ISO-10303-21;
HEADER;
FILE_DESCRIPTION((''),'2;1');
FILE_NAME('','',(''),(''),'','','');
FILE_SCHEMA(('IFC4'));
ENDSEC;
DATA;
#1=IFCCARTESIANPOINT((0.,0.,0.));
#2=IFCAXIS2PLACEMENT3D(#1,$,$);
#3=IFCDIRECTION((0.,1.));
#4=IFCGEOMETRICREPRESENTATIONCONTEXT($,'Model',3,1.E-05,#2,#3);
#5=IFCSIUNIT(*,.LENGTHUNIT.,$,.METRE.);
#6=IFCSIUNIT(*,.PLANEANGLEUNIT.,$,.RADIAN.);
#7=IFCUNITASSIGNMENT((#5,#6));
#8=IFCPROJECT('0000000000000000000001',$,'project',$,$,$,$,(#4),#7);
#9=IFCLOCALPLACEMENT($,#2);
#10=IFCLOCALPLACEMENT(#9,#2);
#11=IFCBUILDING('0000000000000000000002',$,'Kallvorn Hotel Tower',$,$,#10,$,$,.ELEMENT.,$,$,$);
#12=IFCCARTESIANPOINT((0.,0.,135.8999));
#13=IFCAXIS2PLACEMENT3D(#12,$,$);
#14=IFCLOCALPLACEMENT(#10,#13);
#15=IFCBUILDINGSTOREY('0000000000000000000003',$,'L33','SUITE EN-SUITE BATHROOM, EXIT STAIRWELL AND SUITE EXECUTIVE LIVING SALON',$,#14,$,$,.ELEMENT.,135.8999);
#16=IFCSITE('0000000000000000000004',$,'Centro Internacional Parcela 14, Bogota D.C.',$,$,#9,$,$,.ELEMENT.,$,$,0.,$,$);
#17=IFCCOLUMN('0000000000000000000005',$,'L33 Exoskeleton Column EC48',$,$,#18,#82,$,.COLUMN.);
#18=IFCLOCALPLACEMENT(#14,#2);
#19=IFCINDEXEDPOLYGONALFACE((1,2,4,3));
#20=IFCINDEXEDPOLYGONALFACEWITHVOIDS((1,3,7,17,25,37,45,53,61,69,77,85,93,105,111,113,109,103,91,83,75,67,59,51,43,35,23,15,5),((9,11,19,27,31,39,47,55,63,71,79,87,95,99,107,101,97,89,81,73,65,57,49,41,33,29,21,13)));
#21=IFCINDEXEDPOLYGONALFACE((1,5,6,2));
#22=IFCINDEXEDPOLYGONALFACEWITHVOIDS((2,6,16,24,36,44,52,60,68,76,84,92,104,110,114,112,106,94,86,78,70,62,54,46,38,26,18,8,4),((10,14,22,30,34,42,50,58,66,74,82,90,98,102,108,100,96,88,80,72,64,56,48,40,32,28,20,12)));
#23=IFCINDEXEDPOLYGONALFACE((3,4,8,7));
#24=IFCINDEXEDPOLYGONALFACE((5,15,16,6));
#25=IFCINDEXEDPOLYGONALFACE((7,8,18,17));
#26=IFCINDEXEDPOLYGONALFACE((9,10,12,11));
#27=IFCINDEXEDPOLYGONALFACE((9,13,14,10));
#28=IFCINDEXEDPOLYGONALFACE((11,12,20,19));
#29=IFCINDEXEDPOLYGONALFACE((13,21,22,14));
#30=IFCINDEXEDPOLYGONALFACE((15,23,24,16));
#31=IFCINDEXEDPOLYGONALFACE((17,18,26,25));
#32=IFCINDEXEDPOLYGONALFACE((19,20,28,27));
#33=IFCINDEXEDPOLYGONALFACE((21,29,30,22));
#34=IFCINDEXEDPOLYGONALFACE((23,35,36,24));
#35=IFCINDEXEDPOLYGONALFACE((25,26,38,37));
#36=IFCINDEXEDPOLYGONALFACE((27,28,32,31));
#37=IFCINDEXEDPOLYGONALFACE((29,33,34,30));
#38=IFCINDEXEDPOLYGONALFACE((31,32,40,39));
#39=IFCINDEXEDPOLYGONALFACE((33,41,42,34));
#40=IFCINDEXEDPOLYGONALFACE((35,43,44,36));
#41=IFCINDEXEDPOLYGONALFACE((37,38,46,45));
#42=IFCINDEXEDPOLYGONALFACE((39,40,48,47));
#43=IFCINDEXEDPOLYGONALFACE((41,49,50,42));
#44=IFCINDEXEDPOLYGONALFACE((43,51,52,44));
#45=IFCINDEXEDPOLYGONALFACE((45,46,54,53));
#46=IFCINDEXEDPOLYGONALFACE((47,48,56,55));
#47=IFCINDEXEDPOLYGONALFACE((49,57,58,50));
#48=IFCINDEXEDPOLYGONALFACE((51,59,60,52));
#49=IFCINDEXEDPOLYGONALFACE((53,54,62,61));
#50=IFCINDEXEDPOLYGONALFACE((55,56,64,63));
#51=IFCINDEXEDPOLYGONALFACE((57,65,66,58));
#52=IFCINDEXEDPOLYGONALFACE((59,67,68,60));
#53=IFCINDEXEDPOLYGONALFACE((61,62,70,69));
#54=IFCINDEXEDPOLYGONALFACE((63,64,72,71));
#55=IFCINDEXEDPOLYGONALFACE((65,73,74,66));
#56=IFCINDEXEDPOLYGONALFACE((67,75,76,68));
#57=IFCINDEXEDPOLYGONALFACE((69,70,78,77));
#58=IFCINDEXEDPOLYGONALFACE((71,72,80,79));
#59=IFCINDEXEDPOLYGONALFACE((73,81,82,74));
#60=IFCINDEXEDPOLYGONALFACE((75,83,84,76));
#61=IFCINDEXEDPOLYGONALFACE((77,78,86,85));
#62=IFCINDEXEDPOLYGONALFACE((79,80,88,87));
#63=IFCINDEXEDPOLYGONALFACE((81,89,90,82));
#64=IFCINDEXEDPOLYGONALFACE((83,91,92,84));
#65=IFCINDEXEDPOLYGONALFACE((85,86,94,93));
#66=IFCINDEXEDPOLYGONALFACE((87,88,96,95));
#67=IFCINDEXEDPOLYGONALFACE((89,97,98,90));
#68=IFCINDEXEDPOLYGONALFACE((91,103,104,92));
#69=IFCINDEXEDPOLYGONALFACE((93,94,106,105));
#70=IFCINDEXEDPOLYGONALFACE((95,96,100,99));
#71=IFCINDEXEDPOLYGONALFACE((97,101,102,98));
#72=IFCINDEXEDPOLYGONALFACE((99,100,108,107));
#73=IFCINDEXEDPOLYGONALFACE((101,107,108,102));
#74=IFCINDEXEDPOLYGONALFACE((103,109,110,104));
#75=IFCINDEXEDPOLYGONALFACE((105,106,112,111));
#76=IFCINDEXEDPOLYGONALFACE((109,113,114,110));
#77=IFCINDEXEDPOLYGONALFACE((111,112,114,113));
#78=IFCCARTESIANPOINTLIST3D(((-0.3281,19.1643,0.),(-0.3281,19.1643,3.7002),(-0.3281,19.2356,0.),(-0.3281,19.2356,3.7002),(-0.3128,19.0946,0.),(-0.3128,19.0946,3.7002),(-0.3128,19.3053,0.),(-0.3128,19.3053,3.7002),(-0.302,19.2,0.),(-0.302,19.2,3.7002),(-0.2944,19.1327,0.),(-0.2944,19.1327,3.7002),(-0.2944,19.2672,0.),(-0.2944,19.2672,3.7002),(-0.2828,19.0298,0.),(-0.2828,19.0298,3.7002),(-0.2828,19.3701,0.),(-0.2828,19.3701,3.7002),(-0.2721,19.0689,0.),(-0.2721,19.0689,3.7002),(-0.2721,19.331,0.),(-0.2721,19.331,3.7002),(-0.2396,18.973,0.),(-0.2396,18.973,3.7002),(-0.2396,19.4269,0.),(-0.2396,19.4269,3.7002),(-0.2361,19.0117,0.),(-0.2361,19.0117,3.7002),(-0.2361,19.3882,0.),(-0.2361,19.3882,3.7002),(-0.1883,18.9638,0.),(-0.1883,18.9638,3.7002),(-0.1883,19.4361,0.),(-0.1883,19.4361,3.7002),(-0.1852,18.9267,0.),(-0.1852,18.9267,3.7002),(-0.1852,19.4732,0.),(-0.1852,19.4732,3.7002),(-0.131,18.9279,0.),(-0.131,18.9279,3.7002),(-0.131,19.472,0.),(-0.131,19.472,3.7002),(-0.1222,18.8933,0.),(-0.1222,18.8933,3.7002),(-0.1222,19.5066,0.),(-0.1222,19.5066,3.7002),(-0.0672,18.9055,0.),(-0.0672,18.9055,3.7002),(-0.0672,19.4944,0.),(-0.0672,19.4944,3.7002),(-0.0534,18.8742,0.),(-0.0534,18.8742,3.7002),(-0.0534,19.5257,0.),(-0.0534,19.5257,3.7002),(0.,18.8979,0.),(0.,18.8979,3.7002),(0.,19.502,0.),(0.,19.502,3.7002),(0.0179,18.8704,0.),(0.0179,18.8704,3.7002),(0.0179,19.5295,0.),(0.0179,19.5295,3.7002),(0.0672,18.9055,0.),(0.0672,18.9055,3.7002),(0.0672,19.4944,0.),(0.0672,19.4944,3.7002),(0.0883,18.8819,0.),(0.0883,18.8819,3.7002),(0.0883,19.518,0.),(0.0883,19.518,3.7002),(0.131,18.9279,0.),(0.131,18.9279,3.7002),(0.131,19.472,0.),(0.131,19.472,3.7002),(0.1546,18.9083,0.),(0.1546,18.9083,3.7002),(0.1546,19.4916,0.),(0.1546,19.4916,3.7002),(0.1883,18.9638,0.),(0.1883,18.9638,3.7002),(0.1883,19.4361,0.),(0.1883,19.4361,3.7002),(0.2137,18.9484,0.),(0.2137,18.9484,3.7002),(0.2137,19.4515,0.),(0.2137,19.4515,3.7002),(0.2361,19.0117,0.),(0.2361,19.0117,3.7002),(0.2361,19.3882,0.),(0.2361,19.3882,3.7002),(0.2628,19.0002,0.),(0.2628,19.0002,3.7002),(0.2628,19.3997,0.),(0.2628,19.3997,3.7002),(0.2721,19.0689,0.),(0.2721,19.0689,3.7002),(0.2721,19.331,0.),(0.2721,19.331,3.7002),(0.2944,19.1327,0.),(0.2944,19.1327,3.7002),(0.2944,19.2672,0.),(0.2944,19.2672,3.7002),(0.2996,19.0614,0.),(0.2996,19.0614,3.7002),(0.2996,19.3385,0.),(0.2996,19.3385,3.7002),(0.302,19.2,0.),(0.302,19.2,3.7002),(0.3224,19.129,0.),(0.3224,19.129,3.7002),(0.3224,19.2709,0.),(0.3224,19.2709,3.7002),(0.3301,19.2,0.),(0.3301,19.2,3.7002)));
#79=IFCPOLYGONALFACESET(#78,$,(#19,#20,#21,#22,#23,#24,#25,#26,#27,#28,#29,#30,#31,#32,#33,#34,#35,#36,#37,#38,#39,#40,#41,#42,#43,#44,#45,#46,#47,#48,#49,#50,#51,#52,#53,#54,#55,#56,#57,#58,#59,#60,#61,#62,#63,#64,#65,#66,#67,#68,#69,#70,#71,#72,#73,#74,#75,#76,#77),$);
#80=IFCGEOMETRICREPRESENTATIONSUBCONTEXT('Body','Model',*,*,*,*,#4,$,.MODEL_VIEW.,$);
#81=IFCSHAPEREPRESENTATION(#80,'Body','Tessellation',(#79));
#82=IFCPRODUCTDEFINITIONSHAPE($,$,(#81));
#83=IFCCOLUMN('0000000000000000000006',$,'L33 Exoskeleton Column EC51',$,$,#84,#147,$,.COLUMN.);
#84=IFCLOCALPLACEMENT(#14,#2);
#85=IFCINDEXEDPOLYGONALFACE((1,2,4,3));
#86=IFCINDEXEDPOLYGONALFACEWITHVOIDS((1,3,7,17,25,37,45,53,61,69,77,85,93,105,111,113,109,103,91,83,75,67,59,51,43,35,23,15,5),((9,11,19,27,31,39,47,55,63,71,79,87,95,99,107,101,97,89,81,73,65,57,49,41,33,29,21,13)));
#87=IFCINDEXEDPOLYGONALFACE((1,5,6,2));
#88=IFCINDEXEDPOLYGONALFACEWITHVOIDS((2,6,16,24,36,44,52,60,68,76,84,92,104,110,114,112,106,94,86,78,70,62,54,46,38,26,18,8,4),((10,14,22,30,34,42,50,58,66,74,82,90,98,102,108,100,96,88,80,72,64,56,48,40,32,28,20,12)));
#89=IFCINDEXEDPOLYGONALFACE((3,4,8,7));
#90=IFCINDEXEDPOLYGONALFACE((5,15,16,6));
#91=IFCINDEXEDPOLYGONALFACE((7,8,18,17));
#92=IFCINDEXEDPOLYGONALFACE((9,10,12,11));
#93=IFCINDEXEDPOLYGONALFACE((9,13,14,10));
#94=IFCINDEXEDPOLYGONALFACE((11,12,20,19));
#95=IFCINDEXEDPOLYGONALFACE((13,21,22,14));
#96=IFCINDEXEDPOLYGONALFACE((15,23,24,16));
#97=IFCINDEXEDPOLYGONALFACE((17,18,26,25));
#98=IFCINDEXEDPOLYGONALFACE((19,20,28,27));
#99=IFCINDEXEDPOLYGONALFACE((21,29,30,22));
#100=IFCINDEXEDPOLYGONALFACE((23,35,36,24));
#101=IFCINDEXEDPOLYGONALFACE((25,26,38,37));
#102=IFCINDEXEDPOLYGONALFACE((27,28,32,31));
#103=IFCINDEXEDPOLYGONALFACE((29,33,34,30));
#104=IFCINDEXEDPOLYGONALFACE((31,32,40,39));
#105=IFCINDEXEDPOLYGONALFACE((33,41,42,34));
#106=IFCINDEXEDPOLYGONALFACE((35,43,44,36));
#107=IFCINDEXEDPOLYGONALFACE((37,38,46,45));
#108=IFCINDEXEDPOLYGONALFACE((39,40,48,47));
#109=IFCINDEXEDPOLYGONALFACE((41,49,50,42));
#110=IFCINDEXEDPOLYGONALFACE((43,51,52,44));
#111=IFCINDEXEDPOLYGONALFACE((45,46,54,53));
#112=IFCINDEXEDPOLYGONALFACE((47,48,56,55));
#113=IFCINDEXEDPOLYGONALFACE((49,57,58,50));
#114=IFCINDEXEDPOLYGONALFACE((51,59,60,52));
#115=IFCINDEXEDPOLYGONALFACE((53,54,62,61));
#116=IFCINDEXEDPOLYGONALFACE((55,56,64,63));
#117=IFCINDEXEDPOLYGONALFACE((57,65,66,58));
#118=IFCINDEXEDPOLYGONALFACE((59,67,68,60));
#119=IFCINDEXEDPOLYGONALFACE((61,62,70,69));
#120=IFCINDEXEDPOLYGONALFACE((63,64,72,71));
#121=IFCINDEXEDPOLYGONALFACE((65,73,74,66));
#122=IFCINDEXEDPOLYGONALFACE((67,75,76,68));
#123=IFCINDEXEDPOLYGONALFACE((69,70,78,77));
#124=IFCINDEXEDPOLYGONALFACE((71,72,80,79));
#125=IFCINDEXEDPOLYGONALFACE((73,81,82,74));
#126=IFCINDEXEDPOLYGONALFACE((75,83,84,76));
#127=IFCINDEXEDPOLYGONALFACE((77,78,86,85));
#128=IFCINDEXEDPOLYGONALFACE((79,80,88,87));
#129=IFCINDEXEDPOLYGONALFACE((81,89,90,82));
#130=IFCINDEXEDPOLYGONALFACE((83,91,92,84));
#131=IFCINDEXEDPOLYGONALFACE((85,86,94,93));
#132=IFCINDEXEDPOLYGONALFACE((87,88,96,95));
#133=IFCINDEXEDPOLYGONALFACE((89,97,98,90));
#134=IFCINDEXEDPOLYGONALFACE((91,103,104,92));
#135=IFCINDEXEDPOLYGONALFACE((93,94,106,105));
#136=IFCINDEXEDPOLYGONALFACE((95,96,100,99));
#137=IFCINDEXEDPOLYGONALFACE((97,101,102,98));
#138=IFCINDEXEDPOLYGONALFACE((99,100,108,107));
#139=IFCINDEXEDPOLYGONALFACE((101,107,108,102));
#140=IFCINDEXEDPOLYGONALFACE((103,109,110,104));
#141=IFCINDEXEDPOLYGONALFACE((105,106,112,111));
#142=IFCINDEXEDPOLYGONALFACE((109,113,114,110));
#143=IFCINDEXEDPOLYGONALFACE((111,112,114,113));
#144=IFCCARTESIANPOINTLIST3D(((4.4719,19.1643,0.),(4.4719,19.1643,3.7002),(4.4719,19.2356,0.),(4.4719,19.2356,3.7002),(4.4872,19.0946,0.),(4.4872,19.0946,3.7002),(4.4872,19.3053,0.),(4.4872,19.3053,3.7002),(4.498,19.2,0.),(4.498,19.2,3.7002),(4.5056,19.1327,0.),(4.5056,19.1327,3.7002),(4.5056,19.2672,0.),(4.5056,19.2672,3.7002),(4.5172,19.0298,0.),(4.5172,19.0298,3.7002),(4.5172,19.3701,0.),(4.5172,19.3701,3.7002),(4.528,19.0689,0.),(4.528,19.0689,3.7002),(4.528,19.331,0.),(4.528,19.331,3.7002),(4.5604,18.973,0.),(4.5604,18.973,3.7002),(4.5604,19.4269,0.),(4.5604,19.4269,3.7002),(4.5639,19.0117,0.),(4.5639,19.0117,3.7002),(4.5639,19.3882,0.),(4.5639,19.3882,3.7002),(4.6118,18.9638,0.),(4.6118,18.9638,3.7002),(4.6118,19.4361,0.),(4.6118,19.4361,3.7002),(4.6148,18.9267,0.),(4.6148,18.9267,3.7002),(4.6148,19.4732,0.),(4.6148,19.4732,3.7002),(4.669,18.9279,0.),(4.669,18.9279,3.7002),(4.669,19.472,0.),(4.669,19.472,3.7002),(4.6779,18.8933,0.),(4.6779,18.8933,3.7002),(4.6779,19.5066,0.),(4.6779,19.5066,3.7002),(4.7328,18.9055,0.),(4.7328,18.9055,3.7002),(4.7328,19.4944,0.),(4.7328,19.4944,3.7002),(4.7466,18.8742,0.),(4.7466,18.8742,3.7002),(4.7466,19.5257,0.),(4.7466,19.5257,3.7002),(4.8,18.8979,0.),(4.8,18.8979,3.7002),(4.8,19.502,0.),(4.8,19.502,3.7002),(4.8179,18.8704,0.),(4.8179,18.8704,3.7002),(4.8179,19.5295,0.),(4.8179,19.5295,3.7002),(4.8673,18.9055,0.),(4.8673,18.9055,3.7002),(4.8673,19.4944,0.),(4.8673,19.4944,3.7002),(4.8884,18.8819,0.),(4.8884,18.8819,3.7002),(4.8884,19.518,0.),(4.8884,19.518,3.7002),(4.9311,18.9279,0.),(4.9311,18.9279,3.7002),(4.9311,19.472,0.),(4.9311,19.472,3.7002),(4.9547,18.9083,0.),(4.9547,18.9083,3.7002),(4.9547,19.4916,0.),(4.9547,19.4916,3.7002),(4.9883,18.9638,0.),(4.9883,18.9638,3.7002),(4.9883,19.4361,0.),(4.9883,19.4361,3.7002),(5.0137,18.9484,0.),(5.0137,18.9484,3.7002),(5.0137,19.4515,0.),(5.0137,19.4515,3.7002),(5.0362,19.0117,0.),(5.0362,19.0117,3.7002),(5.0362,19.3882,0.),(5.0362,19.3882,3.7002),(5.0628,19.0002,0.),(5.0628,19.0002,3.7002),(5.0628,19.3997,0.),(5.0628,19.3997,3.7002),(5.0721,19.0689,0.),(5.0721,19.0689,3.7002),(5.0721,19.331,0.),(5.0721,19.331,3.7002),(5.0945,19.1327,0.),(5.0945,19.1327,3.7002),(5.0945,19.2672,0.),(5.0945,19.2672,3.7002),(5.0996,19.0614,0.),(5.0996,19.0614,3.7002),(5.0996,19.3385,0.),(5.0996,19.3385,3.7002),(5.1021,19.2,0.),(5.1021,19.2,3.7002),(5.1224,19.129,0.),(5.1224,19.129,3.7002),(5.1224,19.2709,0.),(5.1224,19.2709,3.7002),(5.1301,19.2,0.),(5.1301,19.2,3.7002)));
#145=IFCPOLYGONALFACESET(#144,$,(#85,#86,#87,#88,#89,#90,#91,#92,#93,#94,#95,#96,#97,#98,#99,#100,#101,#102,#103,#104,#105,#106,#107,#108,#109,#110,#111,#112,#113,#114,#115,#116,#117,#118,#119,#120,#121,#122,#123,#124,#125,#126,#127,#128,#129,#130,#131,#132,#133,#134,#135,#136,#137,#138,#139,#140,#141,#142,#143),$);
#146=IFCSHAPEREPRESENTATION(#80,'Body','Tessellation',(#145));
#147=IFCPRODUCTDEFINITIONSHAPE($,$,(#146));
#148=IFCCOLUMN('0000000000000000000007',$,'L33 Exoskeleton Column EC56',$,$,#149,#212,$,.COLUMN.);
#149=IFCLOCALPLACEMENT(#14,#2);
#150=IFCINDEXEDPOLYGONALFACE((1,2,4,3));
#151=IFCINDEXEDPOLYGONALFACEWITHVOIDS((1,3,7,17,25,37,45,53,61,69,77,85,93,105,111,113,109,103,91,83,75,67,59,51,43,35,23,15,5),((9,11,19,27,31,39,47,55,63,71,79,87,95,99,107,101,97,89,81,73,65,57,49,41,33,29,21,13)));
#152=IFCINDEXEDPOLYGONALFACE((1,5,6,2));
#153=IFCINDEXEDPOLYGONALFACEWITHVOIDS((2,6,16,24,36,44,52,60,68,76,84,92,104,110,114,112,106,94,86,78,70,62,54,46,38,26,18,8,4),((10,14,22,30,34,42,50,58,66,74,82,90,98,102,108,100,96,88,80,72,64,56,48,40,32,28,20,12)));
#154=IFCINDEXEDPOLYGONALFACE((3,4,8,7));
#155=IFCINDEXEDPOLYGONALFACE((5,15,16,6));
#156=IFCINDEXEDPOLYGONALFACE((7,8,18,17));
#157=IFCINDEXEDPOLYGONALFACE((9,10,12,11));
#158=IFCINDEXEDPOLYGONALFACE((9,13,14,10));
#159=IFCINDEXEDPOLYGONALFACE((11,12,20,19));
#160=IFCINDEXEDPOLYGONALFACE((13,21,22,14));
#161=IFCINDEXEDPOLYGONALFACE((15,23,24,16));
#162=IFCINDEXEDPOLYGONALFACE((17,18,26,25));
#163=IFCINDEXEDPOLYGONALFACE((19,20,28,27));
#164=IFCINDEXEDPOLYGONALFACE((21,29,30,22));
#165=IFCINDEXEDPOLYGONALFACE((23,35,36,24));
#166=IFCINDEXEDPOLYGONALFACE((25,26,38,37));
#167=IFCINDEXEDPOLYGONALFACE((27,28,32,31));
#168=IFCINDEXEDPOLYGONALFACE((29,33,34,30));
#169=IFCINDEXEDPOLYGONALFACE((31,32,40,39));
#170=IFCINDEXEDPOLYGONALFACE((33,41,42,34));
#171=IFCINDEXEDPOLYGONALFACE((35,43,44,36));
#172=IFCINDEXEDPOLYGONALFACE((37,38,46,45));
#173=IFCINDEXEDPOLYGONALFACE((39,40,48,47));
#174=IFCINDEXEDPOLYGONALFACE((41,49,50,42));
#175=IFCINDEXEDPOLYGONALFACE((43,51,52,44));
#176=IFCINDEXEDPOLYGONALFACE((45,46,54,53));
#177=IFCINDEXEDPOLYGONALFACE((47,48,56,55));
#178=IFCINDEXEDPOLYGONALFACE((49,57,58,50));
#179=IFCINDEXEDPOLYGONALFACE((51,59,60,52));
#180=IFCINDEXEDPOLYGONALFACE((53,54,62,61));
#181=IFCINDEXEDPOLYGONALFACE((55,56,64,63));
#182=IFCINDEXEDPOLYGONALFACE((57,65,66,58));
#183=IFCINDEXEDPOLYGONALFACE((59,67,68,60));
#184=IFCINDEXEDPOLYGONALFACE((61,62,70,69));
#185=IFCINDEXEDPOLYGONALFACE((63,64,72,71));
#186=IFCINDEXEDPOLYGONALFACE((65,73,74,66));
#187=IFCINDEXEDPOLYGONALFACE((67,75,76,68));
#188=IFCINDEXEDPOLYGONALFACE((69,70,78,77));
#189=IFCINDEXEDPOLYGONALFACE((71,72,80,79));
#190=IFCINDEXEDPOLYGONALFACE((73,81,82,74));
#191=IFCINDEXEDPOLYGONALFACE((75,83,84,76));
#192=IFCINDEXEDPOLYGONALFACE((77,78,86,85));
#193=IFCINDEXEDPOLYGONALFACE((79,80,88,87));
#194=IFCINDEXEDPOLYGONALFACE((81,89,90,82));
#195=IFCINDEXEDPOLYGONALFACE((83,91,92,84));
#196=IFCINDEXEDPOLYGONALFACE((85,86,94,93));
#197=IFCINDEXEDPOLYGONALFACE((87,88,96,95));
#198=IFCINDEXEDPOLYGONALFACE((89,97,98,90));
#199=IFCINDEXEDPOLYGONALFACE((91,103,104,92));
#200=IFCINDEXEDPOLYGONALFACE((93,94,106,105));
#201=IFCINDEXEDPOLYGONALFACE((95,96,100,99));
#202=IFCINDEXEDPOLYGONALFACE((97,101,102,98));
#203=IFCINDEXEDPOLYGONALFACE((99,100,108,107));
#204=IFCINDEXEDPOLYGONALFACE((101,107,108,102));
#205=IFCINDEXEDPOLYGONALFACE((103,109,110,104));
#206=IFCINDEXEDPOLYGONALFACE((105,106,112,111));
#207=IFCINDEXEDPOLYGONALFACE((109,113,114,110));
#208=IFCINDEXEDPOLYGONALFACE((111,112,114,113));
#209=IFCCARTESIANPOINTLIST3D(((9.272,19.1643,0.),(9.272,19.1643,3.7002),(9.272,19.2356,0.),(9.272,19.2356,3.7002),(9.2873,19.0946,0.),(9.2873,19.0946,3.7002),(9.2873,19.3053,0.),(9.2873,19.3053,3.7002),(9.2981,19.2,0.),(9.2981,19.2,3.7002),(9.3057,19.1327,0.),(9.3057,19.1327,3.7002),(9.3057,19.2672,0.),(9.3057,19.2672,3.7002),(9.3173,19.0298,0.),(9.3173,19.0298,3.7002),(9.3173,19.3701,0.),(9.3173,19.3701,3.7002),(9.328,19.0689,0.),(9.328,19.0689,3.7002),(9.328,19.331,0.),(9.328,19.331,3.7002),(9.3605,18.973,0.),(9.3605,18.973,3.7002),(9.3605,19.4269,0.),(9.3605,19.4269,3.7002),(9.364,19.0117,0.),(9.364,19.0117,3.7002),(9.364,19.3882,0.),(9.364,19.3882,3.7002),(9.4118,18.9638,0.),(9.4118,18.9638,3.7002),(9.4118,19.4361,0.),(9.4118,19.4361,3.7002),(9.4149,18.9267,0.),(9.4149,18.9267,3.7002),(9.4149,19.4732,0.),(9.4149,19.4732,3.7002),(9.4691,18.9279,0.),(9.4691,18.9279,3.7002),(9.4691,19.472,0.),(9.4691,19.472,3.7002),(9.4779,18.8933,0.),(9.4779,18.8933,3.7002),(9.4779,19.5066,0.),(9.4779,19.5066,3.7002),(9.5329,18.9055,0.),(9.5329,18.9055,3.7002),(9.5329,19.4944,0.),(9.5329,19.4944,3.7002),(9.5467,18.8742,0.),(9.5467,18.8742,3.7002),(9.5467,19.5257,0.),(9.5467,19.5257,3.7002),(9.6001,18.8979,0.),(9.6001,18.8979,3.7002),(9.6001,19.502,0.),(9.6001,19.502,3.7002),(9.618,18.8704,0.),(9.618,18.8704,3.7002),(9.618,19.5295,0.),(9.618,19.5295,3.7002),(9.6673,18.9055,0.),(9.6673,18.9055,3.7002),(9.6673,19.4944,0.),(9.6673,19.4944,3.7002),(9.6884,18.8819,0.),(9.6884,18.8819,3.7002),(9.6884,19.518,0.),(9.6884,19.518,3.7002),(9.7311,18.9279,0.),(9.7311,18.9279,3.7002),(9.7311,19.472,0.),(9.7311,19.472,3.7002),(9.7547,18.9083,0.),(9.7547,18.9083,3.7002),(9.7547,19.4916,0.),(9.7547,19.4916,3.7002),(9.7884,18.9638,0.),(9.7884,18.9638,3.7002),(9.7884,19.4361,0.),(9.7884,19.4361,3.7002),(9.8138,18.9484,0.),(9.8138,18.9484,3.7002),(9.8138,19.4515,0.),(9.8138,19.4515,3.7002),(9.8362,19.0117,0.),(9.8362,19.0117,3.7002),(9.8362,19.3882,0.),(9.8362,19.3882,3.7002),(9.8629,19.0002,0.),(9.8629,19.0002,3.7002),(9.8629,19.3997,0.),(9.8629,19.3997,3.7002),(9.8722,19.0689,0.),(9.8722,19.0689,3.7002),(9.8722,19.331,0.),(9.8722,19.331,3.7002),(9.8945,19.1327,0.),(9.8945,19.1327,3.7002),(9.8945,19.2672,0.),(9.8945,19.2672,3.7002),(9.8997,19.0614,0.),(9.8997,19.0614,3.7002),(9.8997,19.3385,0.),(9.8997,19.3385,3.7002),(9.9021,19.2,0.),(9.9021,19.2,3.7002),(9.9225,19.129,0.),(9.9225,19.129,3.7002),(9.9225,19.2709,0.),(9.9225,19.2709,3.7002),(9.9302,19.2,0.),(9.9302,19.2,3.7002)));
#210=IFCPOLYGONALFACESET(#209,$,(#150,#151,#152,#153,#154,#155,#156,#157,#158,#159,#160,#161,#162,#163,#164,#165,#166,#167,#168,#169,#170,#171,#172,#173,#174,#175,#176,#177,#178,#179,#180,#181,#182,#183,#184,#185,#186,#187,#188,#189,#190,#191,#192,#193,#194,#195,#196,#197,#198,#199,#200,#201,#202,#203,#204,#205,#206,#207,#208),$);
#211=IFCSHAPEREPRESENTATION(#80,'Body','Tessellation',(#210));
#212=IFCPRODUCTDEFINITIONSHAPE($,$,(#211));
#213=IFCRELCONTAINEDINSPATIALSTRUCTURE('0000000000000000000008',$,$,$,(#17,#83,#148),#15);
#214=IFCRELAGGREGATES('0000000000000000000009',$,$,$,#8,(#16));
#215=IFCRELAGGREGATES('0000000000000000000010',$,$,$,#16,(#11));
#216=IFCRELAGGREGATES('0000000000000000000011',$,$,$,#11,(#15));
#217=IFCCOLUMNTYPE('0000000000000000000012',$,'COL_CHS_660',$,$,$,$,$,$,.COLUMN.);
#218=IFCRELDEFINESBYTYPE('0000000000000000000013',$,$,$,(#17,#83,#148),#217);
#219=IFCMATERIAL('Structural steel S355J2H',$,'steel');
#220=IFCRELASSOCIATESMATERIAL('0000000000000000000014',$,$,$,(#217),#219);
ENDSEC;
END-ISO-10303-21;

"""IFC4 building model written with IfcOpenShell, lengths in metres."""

from ifc_helpers import new_model, si_unit, direction, frame, origin, origin_2d, place, context, subcontext, project, spatial, hollow_circle, extrude, material, material_profile, profile_set, type_object, element, save


model = new_model("IFC4")

# Units and contexts
model_context = context("Model", 3, precision=1e-05, world=origin(), true_north=direction((0.0, 1.0)))
body_context = subcontext(model_context, "Body", "Model", "MODEL_VIEW")
ifc_project = project(units=[si_unit("LENGTHUNIT", "METRE"), si_unit("PLANEANGLEUNIT", "RADIAN")], contexts=[model_context])

# Site, building, storey
site_placement = place(None, origin())
site = spatial("IfcSite", under=ifc_project, at=site_placement, Name="Centro Internacional Parcela 14, Bogota D.C.", CompositionType="ELEMENT", RefElevation=0.0)
building_placement = place(site_placement, origin())
building = spatial("IfcBuilding", under=site, at=building_placement, Name="Kallvorn Hotel Tower", CompositionType="ELEMENT")
storey_placement = place(building_placement, frame((0.0, 0.0, 135.8999)))
storey = spatial("IfcBuildingStorey", under=building, at=storey_placement, Name="L33", Description="SUITE EN-SUITE BATHROOM, EXIT STAIRWELL AND SUITE EXECUTIVE LIVING SALON", CompositionType="ELEMENT", Elevation=135.8999)

# Columns
ifc_material_1 = material(Name="Structural steel S355J2H", Category="steel")
ifc_material_profile_1 = material_profile(ifc_material_1, hollow_circle(Radius=0.3301, WallThickness=0.0281, at=origin_2d()), Name="CHS 660x28")
ifc_profile_set_1 = profile_set([ifc_material_profile_1], Name="Structural steel S355J2H")
column_type_1 = type_object("IfcColumnType", Name="COL_CHS_660", PredefinedType="COLUMN", material=ifc_profile_set_1)
for number, where, z_axis, x_axis, name in (
    (1, (0.0, 19.2, 0.0), (0.0, 0.0, 1.0), (1.0, 0.0, 0.0), "L33 Exoskeleton Column EC48"),
    (2, (4.8, 19.2, 0.0), (0.0, 0.0, 1.0), (1.0, 0.0, 0.0), "L33 Exoskeleton Column EC51"),
    (3, (9.6001, 19.2, 0.0), (0.0, 0.0, 1.0), (1.0, 0.0, 0.0), "L33 Exoskeleton Column EC56"),
):
    element("IfcColumn", number, at=place(storey_placement, frame(where, z_axis=z_axis, x_axis=x_axis)), inside=storey, type_object=column_type_1, Name=name, PredefinedType="COLUMN", context=body_context, shape_type="SweptSolid", body=[
        extrude(hollow_circle(Radius=0.3301, WallThickness=0.0281, at=origin_2d()), origin(), (0.0, 0.0, 1.0), 3.7002),
    ])

save(model, "model.ifc")
